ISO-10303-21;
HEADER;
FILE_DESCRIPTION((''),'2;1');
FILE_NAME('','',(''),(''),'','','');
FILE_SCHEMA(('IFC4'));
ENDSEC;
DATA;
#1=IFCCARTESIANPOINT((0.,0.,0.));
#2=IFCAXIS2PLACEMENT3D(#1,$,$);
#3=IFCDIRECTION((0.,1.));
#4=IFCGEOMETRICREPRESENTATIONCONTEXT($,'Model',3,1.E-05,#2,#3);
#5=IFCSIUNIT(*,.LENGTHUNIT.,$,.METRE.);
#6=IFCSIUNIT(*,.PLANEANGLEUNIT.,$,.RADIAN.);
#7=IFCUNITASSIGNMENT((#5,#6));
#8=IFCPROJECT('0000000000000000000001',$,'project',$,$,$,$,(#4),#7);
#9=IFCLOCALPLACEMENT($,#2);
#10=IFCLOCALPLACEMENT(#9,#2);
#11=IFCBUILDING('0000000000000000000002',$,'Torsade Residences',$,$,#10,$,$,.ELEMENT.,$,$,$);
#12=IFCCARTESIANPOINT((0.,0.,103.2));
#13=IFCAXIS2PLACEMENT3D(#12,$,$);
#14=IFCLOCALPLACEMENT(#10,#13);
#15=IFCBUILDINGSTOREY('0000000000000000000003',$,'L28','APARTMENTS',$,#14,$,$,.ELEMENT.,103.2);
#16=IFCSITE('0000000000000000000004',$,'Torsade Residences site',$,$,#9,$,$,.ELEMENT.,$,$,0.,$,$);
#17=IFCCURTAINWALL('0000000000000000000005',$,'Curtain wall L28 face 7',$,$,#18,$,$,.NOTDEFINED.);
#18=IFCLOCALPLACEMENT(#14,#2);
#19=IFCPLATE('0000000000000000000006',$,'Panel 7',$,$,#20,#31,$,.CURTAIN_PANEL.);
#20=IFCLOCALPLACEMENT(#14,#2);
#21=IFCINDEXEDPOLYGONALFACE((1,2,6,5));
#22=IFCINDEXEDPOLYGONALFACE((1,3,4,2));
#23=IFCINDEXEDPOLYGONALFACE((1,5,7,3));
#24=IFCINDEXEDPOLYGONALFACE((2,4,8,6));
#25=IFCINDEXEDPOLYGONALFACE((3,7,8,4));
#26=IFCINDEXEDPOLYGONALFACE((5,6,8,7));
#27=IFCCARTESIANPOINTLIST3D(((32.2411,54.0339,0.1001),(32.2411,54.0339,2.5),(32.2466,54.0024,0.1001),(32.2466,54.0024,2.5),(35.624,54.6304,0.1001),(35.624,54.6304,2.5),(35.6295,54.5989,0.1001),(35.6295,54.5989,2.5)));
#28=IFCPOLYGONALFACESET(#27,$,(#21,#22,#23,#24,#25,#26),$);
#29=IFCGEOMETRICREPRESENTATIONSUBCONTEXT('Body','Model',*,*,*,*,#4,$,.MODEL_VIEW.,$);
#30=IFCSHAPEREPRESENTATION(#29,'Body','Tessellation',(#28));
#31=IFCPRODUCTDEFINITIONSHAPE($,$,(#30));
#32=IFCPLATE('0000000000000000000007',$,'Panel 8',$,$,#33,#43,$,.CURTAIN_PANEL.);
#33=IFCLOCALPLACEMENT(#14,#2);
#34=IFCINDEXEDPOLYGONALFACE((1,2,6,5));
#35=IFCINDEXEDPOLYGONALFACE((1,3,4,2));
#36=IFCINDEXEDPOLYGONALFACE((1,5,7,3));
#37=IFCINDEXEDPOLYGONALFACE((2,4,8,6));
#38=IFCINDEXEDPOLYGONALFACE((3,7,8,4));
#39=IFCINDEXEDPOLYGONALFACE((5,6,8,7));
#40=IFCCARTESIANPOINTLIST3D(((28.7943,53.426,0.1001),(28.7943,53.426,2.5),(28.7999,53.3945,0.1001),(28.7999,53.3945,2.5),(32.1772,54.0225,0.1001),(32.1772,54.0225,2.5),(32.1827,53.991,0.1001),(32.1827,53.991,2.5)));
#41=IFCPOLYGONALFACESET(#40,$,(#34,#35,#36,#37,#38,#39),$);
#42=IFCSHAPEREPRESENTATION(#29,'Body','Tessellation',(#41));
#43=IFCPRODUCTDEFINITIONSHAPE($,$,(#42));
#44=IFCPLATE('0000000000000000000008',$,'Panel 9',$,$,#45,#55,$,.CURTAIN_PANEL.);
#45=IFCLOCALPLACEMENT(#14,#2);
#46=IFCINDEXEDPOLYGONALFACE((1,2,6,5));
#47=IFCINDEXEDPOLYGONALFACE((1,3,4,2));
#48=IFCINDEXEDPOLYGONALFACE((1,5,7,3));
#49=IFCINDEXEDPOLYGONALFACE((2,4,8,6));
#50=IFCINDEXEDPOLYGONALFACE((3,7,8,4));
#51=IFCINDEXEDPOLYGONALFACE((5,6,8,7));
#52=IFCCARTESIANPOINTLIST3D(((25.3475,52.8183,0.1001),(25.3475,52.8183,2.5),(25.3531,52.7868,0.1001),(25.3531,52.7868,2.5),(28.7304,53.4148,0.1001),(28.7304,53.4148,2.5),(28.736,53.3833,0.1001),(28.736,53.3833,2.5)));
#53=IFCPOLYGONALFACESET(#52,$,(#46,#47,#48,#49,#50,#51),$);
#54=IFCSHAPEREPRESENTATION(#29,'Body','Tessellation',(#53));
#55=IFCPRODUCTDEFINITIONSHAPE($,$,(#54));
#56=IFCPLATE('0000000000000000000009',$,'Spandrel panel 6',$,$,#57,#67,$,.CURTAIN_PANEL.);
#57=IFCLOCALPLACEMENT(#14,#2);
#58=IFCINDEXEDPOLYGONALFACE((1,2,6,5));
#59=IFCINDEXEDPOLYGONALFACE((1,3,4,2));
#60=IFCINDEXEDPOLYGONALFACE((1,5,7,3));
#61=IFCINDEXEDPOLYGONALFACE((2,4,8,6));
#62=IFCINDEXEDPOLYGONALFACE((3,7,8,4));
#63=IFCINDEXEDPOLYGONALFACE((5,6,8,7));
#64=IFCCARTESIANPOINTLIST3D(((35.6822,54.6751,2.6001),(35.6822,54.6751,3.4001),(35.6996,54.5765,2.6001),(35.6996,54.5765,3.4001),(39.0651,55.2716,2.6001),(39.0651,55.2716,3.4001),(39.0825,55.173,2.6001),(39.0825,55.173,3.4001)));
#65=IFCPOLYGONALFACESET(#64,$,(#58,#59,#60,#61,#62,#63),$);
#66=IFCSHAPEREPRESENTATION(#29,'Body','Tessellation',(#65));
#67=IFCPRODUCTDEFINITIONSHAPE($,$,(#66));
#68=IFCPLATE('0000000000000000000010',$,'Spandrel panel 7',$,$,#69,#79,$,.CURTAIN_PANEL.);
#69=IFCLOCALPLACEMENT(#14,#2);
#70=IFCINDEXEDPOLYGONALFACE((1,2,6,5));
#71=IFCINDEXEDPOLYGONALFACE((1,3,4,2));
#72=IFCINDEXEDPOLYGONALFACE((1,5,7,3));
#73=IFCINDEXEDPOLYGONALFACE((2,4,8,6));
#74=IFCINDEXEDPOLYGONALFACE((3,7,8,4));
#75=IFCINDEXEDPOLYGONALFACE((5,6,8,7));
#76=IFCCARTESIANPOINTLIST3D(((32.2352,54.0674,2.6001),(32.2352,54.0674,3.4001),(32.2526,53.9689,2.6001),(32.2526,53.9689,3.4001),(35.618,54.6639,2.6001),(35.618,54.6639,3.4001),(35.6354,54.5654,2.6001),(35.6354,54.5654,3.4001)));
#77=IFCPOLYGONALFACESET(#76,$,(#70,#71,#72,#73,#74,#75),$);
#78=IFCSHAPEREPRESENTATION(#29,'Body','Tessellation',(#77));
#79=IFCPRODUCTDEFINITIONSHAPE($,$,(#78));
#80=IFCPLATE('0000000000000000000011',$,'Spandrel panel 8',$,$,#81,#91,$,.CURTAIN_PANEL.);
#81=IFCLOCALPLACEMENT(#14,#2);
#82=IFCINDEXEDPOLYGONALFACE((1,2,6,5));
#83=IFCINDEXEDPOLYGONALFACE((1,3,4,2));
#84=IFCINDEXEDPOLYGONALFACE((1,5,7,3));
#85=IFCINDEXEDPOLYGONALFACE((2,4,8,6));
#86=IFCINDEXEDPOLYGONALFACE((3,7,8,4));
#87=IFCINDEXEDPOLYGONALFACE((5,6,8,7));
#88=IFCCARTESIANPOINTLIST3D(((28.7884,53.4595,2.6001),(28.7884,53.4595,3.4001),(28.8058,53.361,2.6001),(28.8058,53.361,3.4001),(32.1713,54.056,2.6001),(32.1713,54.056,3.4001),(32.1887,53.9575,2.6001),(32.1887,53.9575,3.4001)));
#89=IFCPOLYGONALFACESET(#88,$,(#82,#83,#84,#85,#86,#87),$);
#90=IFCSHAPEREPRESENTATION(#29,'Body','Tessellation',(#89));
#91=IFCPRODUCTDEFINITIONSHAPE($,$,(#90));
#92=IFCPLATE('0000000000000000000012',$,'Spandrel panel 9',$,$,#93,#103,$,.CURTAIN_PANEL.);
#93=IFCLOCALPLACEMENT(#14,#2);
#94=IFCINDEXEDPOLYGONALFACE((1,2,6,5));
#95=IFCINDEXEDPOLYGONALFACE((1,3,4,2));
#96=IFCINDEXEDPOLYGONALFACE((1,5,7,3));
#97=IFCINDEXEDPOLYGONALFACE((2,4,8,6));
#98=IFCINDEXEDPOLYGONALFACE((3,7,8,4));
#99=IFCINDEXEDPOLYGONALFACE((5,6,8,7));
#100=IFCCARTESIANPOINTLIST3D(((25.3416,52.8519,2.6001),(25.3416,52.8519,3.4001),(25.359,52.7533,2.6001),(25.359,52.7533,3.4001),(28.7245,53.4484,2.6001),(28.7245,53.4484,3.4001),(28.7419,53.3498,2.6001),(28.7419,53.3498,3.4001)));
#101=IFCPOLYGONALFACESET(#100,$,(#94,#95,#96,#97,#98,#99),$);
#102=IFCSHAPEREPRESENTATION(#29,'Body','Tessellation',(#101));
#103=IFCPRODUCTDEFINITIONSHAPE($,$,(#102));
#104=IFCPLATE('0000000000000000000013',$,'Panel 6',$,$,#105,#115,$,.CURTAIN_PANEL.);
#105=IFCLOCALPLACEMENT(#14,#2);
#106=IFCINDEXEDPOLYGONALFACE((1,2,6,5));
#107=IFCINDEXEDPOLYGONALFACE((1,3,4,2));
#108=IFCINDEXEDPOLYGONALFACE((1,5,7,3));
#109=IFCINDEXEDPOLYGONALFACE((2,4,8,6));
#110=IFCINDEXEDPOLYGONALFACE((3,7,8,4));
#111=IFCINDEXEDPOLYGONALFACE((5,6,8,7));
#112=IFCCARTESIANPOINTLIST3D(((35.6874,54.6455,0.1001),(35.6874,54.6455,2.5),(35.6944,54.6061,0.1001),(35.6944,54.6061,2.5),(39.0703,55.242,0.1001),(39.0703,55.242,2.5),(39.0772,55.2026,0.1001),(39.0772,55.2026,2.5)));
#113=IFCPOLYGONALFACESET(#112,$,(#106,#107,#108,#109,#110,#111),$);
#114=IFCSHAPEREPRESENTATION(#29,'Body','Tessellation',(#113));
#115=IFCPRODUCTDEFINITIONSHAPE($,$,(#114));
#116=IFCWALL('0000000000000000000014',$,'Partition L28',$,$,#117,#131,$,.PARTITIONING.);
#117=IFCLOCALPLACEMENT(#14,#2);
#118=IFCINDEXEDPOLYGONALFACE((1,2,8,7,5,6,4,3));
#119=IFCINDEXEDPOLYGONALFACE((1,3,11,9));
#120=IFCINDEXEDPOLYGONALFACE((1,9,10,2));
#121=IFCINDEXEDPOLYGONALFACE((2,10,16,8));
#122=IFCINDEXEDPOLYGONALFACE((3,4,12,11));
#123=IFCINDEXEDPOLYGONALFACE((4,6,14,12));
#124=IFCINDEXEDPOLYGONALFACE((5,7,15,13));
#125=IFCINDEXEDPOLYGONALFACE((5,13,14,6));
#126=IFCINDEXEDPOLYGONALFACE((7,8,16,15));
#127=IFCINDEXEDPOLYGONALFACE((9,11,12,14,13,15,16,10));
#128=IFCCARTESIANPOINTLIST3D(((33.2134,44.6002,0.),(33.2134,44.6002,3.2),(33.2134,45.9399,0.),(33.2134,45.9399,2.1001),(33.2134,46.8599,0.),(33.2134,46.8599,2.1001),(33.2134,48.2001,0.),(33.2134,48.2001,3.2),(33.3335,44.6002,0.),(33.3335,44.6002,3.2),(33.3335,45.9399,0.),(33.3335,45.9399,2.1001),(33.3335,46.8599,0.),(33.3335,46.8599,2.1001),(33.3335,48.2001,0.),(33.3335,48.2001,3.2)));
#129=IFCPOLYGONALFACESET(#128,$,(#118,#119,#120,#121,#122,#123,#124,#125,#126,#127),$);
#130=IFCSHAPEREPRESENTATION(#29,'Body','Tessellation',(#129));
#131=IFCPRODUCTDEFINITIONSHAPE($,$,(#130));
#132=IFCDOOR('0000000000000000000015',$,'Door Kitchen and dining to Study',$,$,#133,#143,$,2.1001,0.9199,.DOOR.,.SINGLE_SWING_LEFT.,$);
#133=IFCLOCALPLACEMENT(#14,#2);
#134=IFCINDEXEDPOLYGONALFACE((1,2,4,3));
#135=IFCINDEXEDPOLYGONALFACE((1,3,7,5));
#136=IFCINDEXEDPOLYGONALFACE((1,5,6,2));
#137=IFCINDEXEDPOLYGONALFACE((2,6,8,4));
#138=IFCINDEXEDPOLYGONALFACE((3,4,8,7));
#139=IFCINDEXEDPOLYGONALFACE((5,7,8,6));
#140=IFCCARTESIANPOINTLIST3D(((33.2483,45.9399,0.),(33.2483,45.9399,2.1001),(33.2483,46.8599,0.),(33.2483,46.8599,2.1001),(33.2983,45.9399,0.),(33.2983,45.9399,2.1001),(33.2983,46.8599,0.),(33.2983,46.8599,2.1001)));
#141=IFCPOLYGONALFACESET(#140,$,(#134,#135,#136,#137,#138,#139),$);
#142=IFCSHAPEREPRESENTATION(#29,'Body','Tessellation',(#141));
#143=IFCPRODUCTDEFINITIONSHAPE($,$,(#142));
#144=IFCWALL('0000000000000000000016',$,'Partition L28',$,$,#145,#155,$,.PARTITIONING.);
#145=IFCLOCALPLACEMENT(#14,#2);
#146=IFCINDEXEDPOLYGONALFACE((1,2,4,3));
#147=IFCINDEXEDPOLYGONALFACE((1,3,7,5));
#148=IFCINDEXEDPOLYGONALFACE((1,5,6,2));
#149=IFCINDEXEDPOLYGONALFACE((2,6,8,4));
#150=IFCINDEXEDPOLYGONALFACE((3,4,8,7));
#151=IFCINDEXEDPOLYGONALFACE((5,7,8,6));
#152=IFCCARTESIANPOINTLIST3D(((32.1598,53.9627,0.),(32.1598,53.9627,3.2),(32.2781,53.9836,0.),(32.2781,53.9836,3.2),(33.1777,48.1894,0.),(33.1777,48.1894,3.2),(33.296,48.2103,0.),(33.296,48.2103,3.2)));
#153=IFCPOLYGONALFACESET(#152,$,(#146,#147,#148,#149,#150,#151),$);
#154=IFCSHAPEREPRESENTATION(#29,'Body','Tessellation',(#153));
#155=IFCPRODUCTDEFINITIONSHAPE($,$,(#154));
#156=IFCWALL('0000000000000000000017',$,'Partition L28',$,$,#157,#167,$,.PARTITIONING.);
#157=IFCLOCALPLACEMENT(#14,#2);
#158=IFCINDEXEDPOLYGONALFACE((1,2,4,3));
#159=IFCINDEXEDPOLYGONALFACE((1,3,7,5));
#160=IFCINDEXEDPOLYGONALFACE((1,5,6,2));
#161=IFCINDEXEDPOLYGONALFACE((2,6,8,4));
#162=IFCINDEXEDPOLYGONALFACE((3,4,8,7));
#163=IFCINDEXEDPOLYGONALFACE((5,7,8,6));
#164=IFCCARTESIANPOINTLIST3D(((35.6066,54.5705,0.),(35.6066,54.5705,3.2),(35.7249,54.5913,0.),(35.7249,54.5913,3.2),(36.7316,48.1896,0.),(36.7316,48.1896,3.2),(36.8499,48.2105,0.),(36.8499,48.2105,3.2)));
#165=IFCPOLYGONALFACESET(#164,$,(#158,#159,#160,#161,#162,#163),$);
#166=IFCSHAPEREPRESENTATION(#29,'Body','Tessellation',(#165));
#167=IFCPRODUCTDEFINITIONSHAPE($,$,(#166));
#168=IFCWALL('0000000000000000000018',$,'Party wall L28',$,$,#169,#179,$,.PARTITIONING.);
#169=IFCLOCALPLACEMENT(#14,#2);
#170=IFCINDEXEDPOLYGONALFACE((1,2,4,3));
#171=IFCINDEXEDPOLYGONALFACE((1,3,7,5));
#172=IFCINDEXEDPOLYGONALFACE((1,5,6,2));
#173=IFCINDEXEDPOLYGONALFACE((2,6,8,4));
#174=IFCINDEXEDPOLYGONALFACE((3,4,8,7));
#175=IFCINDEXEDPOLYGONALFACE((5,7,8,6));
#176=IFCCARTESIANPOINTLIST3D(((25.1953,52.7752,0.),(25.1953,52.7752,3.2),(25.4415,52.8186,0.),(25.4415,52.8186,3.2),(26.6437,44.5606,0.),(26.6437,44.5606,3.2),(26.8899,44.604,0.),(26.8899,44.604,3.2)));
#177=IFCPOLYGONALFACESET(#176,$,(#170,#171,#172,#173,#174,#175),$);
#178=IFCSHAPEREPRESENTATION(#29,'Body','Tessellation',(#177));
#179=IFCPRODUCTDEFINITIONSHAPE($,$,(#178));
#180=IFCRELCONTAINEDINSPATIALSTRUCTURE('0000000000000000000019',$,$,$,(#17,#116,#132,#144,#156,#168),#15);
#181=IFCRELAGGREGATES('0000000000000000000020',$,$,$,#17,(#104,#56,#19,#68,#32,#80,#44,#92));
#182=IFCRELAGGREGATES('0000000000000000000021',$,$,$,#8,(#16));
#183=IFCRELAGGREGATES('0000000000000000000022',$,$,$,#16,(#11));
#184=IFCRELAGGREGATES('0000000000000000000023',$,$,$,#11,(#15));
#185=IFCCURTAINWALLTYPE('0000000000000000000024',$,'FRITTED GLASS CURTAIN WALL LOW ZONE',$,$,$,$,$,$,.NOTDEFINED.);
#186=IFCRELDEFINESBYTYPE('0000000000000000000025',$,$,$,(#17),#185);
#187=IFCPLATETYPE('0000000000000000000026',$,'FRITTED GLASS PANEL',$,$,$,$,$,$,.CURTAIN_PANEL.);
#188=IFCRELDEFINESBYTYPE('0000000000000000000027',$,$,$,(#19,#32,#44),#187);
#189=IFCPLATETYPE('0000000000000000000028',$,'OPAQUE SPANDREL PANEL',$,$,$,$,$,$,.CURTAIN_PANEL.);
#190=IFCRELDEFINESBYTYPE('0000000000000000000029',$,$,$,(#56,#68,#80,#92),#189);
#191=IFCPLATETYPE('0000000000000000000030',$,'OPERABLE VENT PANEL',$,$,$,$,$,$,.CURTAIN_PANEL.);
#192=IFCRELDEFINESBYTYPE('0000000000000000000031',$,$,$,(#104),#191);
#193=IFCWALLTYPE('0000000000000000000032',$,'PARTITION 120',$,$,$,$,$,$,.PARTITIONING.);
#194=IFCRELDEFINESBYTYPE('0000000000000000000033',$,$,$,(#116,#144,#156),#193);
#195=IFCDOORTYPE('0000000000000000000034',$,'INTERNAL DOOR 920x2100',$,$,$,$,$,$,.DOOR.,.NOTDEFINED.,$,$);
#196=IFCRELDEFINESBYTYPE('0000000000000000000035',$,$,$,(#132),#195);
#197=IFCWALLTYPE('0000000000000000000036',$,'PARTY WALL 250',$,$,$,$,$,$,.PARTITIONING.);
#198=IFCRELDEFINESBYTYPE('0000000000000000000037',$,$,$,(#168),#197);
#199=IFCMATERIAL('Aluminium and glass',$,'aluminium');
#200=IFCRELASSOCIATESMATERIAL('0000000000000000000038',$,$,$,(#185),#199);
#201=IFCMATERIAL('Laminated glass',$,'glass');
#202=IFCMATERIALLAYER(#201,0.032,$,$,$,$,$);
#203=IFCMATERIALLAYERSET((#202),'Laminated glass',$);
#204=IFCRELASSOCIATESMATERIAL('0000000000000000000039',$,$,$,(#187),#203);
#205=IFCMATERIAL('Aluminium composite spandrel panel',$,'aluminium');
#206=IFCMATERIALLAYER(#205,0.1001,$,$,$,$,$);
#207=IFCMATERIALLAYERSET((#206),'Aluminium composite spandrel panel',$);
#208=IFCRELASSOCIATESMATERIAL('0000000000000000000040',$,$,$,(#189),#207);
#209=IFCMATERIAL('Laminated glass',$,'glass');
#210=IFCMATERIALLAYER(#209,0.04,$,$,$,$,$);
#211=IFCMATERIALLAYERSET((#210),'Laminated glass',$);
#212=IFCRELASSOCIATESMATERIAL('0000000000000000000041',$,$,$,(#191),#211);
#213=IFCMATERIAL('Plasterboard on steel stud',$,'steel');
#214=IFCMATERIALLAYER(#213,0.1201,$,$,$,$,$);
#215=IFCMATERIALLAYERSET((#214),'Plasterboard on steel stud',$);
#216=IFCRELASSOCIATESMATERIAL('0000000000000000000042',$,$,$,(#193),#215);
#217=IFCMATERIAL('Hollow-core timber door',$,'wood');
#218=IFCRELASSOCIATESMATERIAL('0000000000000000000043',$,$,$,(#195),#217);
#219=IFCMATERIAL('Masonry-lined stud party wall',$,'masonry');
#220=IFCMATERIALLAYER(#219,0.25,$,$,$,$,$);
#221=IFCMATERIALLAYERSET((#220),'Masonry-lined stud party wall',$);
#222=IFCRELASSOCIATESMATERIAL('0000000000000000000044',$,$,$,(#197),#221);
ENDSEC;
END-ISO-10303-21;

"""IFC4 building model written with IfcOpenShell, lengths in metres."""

from ifc_helpers import new_model, si_unit, direction, frame, frame_2d, origin, origin_2d, place, context, subcontext, project, spatial, rectangle, extrude, material, layer, layer_set, type_object, element, fill, aggregate, save


model = new_model("IFC4")

# Units and contexts
model_context = context("Model", 3, precision=1e-05, world=origin(), true_north=direction((0.0, 1.0)))
body_context = subcontext(model_context, "Body", "Model", "MODEL_VIEW")
ifc_project = project(units=[si_unit("LENGTHUNIT", "METRE"), si_unit("PLANEANGLEUNIT", "RADIAN")], contexts=[model_context])

# Site, building, storey
site_placement = place(None, origin())
site = spatial("IfcSite", under=ifc_project, at=site_placement, Name="Torsade Residences site", CompositionType="ELEMENT", RefElevation=0.0)
building_placement = place(site_placement, origin())
building = spatial("IfcBuilding", under=site, at=building_placement, Name="Torsade Residences", CompositionType="ELEMENT")
storey_placement = place(building_placement, frame((0.0, 0.0, 103.2)))
storey = spatial("IfcBuildingStorey", under=building, at=storey_placement, Name="L28", Description="APARTMENTS", CompositionType="ELEMENT", Elevation=103.2)

# Curtain wall
ifc_material_1 = material(Name="Aluminium and glass", Category="aluminium")
curtain_wall_type = type_object("IfcCurtainWallType", Name="FRITTED GLASS CURTAIN WALL LOW ZONE", PredefinedType="NOTDEFINED", material=ifc_material_1)
curtain_wall_placement = place(storey_placement, origin())
curtain_wall = element("IfcCurtainWall", 1, at=curtain_wall_placement, inside=storey, type_object=curtain_wall_type, Name="Curtain wall L28 face 7", PredefinedType="NOTDEFINED")

# Plates
ifc_material_2 = material(Name="Laminated glass", Category="glass")
ifc_layer_1 = layer(ifc_material_2, 0.032)
ifc_layer_set_1 = layer_set([ifc_layer_1], Name="Laminated glass")
plate_type_1 = type_object("IfcPlateType", Name="FRITTED GLASS PANEL", PredefinedType="CURTAIN_PANEL", material=ifc_layer_set_1)
plate_1_placement = place(storey_placement, frame((33.9353, 54.3164, 0.1001), z_axis=(0.0, 0.0, 1.0), x_axis=(-0.984808, -0.173648, 0.0)))
plate_1 = element("IfcPlate", 2, at=plate_1_placement, type_object=plate_type_1, Name="Panel 7", PredefinedType="CURTAIN_PANEL", context=body_context, shape_type="SweptSolid", body=[
    extrude(rectangle(XDim=3.4351, YDim=0.032, at=origin_2d()), origin(), (0.0, 0.0, 1.0), 2.3999),
])
plate_2_placement = place(storey_placement, frame((30.4885, 53.7085, 0.1001), z_axis=(0.0, 0.0, 1.0), x_axis=(-0.984808, -0.173648, 0.0)))
plate_2 = element("IfcPlate", 3, at=plate_2_placement, type_object=plate_type_1, Name="Panel 8", PredefinedType="CURTAIN_PANEL", context=body_context, shape_type="SweptSolid", body=[
    extrude(rectangle(XDim=3.4351, YDim=0.032, at=origin_2d()), origin(), (0.0, 0.0, 1.0), 2.3999),
])
plate_3_placement = place(storey_placement, frame((27.0417, 53.1008, 0.1001), z_axis=(0.0, 0.0, 1.0), x_axis=(-0.984808, -0.173648, 0.0)))
plate_3 = element("IfcPlate", 4, at=plate_3_placement, type_object=plate_type_1, Name="Panel 9", PredefinedType="CURTAIN_PANEL", context=body_context, shape_type="SweptSolid", body=[
    extrude(rectangle(XDim=3.4351, YDim=0.032, at=origin_2d()), origin(), (0.0, 0.0, 1.0), 2.3999),
])
ifc_material_3 = material(Name="Aluminium composite spandrel panel", Category="aluminium")
ifc_layer_2 = layer(ifc_material_3, 0.1001)
ifc_layer_set_2 = layer_set([ifc_layer_2], Name="Aluminium composite spandrel panel")
plate_type_2 = type_object("IfcPlateType", Name="OPAQUE SPANDREL PANEL", PredefinedType="CURTAIN_PANEL", material=ifc_layer_set_2)
plate_4_placement = place(storey_placement, frame((37.3823, 54.9241, 2.6001), z_axis=(0.0, 0.0, 1.0), x_axis=(-0.984808, -0.173648, 0.0)))
plate_4 = element("IfcPlate", 5, at=plate_4_placement, type_object=plate_type_2, Name="Spandrel panel 6", PredefinedType="CURTAIN_PANEL", context=body_context, shape_type="SweptSolid", body=[
    extrude(rectangle(XDim=3.4351, YDim=0.1001, at=origin_2d()), origin(), (0.0, 0.0, 1.0), 0.8),
])
plate_5_placement = place(storey_placement, frame((33.9353, 54.3164, 2.6001), z_axis=(0.0, 0.0, 1.0), x_axis=(-0.984808, -0.173648, 0.0)))
plate_5 = element("IfcPlate", 6, at=plate_5_placement, type_object=plate_type_2, Name="Spandrel panel 7", PredefinedType="CURTAIN_PANEL", context=body_context, shape_type="SweptSolid", body=[
    extrude(rectangle(XDim=3.4351, YDim=0.1001, at=origin_2d()), origin(), (0.0, 0.0, 1.0), 0.8),
])
plate_6_placement = place(storey_placement, frame((30.4885, 53.7085, 2.6001), z_axis=(0.0, 0.0, 1.0), x_axis=(-0.984808, -0.173648, 0.0)))
plate_6 = element("IfcPlate", 7, at=plate_6_placement, type_object=plate_type_2, Name="Spandrel panel 8", PredefinedType="CURTAIN_PANEL", context=body_context, shape_type="SweptSolid", body=[
    extrude(rectangle(XDim=3.4351, YDim=0.1001, at=origin_2d()), origin(), (0.0, 0.0, 1.0), 0.8),
])
plate_7_placement = place(storey_placement, frame((27.0417, 53.1008, 2.6001), z_axis=(0.0, 0.0, 1.0), x_axis=(-0.984808, -0.173648, 0.0)))
plate_7 = element("IfcPlate", 8, at=plate_7_placement, type_object=plate_type_2, Name="Spandrel panel 9", PredefinedType="CURTAIN_PANEL", context=body_context, shape_type="SweptSolid", body=[
    extrude(rectangle(XDim=3.4351, YDim=0.1001, at=origin_2d()), origin(), (0.0, 0.0, 1.0), 0.8),
])
ifc_material_4 = material(Name="Laminated glass", Category="glass")
ifc_layer_3 = layer(ifc_material_4, 0.04)
ifc_layer_set_3 = layer_set([ifc_layer_3], Name="Laminated glass")
plate_type_3 = type_object("IfcPlateType", Name="OPERABLE VENT PANEL", PredefinedType="CURTAIN_PANEL", material=ifc_layer_set_3)
plate_8_placement = place(storey_placement, frame((37.3823, 54.9241, 0.1001), z_axis=(0.0, 0.0, 1.0), x_axis=(-0.984808, -0.173648, 0.0)))
plate_8 = element("IfcPlate", 9, at=plate_8_placement, type_object=plate_type_3, Name="Panel 6", PredefinedType="CURTAIN_PANEL", context=body_context, shape_type="SweptSolid", body=[
    extrude(rectangle(XDim=3.4351, YDim=0.04, at=origin_2d()), origin(), (0.0, 0.0, 1.0), 2.3999),
])
aggregate(curtain_wall, [plate_8, plate_4, plate_1, plate_5, plate_2, plate_6, plate_3, plate_7])

# Wall, opening, door
ifc_material_5 = material(Name="Plasterboard on steel stud", Category="steel")
ifc_layer_4 = layer(ifc_material_5, 0.1201)
ifc_layer_set_4 = layer_set([ifc_layer_4], Name="Plasterboard on steel stud")
wall_type_1 = type_object("IfcWallType", Name="PARTITION 120", PredefinedType="PARTITIONING", material=ifc_layer_set_4)
wall_1_placement = place(storey_placement, frame((33.2734, 48.2, 0.0), z_axis=(0.0, 0.0, 1.0), x_axis=(0.0, -1.0, 0.0)))
wall_1 = element("IfcWall", 10, at=wall_1_placement, inside=storey, type_object=wall_type_1, Name="Partition L28", PredefinedType="PARTITIONING", context=body_context, shape_type="SweptSolid", body=[
    extrude(rectangle(XDim=3.5999, YDim=0.1201, at=frame_2d((1.7998, 0.0))), origin(), (0.0, 0.0, 1.0), 3.2),
])
opening_placement = place(wall_1_placement, frame((1.3401, 0.0, 0.0)))
opening = element("IfcOpeningElement", 11, at=opening_placement, cuts=wall_1, PredefinedType="OPENING", context=body_context, shape_type="SweptSolid", body=[
    extrude(rectangle(XDim=0.9199, YDim=2.1001, at=frame_2d((0.46, 1.05))), frame((0.0, 0.0701, 0.0), z_axis=(0.0, -1.0, 0.0), x_axis=(1.0, 0.0, 0.0)), (0.0, 0.0, 1.0), 0.1401),
])
ifc_material_6 = material(Name="Hollow-core timber door", Category="wood")
door_type = type_object("IfcDoorType", Name="INTERNAL DOOR 920x2100", OperationType="NOTDEFINED", PredefinedType="DOOR", material=ifc_material_6)
door_placement = place(opening_placement, origin())
door = element("IfcDoor", 12, at=door_placement, inside=storey, type_object=door_type, Name="Door Kitchen and dining to Study", OperationType="SINGLE_SWING_LEFT", OverallHeight=2.1001, OverallWidth=0.9199, PredefinedType="DOOR", context=body_context, shape_type="SweptSolid", body=[
    extrude(rectangle(XDim=0.9199, YDim=2.1001, at=frame_2d((0.46, 1.05))), frame((0.0, 0.0249, 0.0), z_axis=(0.0, -1.0, 0.0), x_axis=(1.0, 0.0, 0.0)), (0.0, 0.0, 1.0), 0.05),
])
fill(opening, door)

# Walls
wall_2_placement = place(storey_placement, frame((32.219, 53.9731, 0.0), z_axis=(0.0, 0.0, 1.0), x_axis=(0.173624, -0.984812, 0.0)))
element("IfcWall", 13, at=wall_2_placement, inside=storey, type_object=wall_type_1, Name="Partition L28", PredefinedType="PARTITIONING", context=body_context, shape_type="SweptSolid", body=[
    extrude(rectangle(XDim=5.8623, YDim=0.1201, at=frame_2d((2.9312, 0.0))), origin(), (0.0, 0.0, 1.0), 3.2),
])
wall_3_placement = place(storey_placement, frame((36.7908, 48.2, 0.0), z_axis=(0.0, 0.0, 1.0), x_axis=(-0.173631, 0.984811, 0.0)))
element("IfcWall", 14, at=wall_3_placement, inside=storey, type_object=wall_type_1, Name="Partition L28", PredefinedType="PARTITIONING", context=body_context, shape_type="SweptSolid", body=[
    extrude(rectangle(XDim=6.4792, YDim=0.1201, at=frame_2d((3.2397, 0.0))), origin(), (0.0, 0.0, 1.0), 3.2),
])
ifc_material_7 = material(Name="Masonry-lined stud party wall", Category="masonry")
ifc_layer_5 = layer(ifc_material_7, 0.25)
ifc_layer_set_5 = layer_set([ifc_layer_5], Name="Masonry-lined stud party wall")
wall_type_2 = type_object("IfcWallType", Name="PARTY WALL 250", PredefinedType="PARTITIONING", material=ifc_layer_set_5)
wall_4_placement = place(storey_placement, frame((25.3184, 52.7969, 0.0), z_axis=(0.0, 0.0, 1.0), x_axis=(0.173652, -0.984807, 0.0)))
element("IfcWall", 15, at=wall_4_placement, inside=storey, type_object=wall_type_2, Name="Party wall L28", PredefinedType="PARTITIONING", context=body_context, shape_type="SweptSolid", body=[
    extrude(rectangle(XDim=8.3413, YDim=0.25, at=frame_2d((4.1707, 0.0))), origin(), (0.0, 0.0, 1.0), 3.2),
])

save(model, "model.ifc")
